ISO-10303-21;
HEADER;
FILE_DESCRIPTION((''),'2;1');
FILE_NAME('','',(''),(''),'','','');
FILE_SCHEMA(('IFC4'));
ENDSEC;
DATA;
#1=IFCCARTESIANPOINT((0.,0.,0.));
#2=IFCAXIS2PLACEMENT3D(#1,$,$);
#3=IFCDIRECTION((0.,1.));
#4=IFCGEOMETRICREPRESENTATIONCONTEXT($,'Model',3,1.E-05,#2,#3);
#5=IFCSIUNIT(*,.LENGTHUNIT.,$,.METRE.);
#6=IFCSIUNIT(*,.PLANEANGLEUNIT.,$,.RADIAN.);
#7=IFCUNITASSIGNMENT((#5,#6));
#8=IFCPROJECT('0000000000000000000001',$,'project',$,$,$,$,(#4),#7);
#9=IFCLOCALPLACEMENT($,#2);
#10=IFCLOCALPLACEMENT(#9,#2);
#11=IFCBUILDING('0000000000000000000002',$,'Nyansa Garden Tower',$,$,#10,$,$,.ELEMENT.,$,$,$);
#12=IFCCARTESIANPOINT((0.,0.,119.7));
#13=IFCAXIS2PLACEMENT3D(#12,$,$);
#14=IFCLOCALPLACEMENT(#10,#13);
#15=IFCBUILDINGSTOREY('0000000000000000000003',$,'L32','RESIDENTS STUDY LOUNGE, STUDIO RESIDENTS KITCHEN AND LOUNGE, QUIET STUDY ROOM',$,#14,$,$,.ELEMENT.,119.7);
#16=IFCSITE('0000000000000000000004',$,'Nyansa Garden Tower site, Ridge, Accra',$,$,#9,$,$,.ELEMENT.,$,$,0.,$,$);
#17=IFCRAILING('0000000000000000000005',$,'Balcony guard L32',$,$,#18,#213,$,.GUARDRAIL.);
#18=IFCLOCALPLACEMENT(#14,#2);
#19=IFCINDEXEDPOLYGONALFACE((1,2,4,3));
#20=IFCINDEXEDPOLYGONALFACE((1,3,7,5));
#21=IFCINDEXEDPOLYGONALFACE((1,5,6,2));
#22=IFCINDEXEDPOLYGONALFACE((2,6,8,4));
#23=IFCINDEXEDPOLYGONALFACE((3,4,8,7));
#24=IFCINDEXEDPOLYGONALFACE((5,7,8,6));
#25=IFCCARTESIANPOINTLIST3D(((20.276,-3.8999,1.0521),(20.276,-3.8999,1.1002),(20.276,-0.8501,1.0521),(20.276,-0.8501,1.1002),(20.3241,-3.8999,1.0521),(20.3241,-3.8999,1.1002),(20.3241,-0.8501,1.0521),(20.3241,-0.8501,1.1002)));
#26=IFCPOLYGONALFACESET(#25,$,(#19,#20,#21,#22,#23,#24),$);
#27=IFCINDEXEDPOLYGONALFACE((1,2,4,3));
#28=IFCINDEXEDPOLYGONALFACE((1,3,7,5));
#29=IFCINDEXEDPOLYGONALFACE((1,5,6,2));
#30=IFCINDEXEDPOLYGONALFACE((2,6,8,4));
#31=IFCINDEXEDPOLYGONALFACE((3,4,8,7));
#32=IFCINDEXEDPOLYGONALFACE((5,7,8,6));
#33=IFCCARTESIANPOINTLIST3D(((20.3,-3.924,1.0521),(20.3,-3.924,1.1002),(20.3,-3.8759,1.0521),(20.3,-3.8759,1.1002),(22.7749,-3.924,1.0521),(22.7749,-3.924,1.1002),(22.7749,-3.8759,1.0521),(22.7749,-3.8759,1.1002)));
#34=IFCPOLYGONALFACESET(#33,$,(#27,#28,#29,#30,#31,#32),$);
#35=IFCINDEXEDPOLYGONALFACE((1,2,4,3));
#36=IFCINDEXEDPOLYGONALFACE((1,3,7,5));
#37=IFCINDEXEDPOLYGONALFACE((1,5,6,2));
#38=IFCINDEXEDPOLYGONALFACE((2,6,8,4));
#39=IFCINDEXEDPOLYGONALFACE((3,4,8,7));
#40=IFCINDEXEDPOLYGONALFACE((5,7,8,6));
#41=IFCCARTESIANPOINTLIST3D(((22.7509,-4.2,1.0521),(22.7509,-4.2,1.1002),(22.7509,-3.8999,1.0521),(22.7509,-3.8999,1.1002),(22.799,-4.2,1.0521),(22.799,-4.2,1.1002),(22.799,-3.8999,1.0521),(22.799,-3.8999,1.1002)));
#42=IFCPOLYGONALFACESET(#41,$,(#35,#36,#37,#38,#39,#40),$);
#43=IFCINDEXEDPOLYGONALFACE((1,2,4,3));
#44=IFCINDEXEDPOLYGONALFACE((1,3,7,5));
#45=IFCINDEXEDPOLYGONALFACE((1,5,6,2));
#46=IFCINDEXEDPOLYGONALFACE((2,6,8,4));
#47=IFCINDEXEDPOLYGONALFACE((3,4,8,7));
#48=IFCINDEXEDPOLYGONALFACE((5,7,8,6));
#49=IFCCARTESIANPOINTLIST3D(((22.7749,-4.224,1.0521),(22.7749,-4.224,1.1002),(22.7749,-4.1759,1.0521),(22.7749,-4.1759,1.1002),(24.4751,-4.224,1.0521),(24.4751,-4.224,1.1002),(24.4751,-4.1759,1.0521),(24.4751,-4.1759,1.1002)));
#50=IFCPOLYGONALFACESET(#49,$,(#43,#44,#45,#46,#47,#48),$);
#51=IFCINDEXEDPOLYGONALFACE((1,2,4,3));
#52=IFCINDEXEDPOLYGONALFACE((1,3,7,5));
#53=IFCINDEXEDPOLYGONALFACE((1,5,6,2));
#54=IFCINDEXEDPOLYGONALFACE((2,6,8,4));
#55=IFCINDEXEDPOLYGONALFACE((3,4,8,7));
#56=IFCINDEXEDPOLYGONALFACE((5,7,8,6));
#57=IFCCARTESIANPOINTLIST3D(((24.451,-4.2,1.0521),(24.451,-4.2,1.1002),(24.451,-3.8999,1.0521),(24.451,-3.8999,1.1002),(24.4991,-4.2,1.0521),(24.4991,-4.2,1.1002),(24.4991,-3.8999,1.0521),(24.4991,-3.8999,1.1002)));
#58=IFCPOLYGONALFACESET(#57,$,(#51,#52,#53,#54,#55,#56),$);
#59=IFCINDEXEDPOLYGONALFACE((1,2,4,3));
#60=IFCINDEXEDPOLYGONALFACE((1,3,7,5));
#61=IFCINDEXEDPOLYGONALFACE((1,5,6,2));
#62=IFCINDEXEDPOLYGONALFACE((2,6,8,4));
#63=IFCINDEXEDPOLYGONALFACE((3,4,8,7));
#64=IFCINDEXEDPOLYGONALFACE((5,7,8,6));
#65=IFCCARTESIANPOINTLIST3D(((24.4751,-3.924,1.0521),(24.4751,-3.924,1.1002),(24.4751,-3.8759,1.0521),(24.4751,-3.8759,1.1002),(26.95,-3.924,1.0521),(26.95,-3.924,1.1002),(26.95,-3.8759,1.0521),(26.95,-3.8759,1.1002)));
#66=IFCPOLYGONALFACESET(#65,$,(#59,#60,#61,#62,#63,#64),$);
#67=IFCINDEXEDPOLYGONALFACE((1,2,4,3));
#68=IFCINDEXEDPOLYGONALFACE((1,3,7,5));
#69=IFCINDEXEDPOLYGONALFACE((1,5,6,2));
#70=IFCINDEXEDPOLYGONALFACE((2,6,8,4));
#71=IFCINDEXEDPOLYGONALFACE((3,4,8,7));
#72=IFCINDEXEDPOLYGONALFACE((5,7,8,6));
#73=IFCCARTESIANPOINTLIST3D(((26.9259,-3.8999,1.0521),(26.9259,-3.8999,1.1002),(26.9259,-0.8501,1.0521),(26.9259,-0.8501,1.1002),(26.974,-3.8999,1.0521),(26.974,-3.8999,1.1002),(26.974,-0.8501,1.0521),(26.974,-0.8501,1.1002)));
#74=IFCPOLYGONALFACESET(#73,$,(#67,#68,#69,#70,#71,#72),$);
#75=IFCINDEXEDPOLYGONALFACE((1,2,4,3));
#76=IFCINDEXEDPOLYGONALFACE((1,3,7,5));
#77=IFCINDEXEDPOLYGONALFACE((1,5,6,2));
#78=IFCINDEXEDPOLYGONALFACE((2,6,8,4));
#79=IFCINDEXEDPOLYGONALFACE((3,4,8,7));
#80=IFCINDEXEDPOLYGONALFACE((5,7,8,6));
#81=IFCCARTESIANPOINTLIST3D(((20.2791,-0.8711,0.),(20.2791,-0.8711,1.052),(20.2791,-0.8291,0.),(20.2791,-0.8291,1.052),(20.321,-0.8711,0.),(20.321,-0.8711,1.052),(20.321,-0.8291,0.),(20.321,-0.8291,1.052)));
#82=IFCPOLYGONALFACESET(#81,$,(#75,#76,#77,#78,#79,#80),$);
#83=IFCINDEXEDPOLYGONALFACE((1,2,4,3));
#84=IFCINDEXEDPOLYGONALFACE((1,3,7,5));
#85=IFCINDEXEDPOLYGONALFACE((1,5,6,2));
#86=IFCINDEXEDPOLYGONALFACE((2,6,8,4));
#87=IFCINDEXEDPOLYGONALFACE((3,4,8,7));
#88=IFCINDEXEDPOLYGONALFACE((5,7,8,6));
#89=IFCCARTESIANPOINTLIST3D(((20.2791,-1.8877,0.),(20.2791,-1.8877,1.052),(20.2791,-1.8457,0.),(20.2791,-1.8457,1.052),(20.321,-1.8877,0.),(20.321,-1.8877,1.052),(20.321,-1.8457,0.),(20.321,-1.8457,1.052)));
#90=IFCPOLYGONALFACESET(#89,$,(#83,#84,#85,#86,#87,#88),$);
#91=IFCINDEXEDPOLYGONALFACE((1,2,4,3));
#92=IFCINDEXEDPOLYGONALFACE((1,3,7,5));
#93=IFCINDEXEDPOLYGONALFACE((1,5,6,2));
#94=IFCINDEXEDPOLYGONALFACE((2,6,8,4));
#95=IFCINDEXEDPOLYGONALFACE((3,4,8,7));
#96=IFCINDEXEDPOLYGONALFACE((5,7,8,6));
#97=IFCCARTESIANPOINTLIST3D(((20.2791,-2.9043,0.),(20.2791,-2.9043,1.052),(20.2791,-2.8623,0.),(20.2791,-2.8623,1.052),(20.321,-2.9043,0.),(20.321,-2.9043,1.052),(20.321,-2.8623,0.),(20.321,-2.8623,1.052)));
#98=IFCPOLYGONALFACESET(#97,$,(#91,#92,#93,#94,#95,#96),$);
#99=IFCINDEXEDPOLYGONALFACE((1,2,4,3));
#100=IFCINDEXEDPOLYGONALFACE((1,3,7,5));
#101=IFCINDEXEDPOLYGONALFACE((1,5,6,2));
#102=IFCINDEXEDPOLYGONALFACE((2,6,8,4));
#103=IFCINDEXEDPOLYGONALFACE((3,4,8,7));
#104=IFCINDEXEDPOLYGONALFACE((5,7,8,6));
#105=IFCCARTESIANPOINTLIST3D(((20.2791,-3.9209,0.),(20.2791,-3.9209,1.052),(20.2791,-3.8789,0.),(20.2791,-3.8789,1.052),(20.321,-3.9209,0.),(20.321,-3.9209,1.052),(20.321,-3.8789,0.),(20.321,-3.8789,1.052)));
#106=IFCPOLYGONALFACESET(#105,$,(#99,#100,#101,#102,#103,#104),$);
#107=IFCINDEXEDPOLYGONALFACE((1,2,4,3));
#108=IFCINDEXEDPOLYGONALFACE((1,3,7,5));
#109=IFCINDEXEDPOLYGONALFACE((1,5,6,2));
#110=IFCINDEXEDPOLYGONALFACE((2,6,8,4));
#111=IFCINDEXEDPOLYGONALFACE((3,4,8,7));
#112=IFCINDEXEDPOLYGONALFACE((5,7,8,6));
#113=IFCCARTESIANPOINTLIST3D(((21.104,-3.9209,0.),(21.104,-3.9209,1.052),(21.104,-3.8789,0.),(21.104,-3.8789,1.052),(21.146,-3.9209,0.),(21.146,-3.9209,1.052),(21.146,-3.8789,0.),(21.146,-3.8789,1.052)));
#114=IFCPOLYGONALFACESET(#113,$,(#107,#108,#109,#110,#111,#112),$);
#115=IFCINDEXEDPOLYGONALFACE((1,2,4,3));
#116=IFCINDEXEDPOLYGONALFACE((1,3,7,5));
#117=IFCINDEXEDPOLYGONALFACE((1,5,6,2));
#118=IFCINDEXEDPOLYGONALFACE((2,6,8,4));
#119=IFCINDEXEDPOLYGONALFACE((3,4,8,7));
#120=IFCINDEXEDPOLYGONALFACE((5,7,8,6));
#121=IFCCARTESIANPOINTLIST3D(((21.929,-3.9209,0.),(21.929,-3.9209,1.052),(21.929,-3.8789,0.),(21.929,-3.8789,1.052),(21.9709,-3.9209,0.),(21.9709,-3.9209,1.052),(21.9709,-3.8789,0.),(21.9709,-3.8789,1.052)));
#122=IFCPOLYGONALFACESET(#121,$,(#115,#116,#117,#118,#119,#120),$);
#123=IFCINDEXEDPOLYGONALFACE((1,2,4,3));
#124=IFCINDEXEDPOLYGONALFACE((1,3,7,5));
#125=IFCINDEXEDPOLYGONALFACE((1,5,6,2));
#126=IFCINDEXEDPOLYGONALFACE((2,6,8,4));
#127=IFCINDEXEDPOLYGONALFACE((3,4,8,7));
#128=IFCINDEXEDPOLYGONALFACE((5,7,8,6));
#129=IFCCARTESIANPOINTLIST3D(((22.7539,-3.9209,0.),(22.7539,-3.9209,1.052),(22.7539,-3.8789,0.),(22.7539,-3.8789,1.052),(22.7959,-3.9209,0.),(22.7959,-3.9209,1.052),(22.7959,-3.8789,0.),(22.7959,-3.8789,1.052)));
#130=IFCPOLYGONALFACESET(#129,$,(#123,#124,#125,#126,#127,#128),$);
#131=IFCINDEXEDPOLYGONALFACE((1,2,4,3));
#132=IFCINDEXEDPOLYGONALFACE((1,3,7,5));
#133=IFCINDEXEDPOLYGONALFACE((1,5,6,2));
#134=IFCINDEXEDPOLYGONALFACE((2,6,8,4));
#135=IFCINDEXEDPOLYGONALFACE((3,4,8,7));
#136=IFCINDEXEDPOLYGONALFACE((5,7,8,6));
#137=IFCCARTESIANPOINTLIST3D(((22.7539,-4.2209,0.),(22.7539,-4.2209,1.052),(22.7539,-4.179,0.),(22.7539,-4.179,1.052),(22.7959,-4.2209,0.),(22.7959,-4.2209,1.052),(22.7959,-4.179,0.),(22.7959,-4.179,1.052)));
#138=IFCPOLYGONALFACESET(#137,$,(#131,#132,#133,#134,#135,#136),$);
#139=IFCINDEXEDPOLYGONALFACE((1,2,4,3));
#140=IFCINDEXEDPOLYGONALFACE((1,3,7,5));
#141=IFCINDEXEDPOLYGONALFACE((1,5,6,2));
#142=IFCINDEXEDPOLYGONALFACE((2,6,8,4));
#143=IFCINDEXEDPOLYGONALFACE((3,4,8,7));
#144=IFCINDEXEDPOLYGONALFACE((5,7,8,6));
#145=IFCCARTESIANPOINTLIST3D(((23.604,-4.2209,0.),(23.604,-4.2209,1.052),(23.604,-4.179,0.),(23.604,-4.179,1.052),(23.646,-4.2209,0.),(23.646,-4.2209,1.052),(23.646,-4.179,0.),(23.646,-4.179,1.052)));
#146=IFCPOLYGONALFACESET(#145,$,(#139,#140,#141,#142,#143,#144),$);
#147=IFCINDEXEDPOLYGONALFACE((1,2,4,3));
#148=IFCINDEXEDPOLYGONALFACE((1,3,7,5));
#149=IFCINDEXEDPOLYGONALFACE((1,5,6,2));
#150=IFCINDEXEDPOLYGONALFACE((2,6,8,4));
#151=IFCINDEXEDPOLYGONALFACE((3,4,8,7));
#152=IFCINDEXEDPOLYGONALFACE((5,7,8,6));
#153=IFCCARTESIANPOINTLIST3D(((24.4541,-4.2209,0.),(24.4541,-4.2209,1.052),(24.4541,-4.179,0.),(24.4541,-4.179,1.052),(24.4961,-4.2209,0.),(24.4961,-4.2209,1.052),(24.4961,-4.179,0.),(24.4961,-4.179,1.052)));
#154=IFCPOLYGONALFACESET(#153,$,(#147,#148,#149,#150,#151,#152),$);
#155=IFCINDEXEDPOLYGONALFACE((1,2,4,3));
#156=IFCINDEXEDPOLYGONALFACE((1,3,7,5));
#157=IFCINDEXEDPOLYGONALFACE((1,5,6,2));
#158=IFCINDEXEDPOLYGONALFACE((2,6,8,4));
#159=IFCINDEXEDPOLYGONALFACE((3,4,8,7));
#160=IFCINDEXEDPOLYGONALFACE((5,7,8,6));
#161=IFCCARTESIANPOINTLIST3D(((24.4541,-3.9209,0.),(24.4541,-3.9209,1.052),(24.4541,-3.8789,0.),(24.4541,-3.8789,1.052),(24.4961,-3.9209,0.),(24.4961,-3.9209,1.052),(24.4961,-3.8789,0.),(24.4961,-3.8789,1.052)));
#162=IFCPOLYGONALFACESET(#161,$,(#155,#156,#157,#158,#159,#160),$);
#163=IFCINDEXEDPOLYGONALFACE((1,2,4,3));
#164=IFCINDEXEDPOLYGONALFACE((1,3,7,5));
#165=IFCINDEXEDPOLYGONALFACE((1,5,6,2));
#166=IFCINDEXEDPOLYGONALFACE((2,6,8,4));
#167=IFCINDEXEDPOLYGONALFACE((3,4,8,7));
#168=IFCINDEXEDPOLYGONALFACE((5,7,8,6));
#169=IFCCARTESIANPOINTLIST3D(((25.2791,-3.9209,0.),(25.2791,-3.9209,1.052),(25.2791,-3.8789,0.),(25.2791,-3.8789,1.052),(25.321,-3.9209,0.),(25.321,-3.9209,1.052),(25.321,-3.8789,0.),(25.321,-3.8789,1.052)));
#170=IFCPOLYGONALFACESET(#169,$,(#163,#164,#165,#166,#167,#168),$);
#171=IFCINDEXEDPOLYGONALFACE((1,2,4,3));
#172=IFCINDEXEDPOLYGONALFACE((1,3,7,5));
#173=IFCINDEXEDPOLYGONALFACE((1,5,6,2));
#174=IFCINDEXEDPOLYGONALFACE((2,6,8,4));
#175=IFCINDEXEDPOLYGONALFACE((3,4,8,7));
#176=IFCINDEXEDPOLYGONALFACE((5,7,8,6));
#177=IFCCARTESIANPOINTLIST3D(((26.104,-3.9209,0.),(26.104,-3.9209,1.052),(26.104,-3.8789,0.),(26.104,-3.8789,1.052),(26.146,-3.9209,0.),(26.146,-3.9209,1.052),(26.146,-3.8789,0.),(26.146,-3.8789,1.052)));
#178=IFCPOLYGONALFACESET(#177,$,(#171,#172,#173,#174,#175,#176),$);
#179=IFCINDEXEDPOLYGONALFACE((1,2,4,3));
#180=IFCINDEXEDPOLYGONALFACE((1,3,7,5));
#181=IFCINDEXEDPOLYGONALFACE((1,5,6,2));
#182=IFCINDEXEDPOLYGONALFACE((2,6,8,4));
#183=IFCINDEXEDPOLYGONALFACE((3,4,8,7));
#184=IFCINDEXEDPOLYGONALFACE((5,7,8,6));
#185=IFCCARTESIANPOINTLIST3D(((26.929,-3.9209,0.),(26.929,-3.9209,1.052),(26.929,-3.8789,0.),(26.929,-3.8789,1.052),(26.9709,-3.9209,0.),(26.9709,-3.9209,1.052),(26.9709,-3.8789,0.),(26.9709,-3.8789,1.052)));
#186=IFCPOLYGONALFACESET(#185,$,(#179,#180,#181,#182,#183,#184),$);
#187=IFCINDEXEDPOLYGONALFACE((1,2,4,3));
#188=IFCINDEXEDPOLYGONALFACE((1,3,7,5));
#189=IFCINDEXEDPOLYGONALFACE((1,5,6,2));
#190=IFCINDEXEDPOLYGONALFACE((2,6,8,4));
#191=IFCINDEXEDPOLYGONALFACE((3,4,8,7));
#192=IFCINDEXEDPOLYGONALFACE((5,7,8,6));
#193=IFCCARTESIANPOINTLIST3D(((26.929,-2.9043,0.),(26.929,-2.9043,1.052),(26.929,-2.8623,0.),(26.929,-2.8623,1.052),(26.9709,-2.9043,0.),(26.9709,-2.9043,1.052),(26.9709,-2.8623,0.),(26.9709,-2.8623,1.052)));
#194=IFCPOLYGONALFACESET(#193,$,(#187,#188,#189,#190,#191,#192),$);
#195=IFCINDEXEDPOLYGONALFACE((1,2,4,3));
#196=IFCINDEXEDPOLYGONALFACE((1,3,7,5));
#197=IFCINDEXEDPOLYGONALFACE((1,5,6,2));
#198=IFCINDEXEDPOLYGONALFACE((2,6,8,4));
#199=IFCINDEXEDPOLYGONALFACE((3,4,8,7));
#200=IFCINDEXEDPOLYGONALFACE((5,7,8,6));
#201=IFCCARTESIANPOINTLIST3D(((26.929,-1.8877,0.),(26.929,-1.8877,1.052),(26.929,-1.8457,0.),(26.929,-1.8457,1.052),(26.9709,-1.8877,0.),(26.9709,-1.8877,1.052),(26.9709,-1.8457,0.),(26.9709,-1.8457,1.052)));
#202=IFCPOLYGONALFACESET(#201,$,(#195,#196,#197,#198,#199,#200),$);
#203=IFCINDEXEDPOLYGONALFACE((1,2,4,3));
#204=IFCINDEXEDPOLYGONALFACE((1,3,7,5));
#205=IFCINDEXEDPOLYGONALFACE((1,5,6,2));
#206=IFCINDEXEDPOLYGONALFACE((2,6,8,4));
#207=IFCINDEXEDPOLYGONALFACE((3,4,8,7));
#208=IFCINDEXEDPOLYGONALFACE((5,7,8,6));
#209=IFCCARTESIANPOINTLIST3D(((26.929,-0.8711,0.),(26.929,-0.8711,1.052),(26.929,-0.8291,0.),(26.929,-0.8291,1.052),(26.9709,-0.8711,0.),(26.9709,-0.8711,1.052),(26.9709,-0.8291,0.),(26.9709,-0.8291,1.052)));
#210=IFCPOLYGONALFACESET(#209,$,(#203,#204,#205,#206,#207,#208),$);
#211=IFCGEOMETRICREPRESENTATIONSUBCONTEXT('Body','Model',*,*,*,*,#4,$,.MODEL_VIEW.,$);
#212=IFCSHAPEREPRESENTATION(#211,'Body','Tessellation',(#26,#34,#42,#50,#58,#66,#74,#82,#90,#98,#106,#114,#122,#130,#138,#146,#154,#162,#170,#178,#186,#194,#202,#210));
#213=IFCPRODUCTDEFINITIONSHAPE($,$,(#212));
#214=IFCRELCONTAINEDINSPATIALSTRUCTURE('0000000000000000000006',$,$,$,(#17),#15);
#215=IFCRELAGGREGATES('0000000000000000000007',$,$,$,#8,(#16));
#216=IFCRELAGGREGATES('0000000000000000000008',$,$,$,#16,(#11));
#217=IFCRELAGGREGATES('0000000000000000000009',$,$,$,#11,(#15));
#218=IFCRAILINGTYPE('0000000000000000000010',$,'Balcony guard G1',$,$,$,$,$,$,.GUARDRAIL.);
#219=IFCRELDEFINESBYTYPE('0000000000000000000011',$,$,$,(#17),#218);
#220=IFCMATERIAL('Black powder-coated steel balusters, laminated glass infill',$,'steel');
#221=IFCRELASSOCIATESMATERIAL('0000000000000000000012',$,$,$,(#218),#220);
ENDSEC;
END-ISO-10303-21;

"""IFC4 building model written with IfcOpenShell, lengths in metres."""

from ifc_helpers import new_model, si_unit, direction, frame, origin, origin_2d, place, context, subcontext, project, spatial, rectangle, extrude, material, type_object, element, save


model = new_model("IFC4")

# Units and contexts
model_context = context("Model", 3, precision=1e-05, world=origin(), true_north=direction((0.0, 1.0)))
body_context = subcontext(model_context, "Body", "Model", "MODEL_VIEW")
ifc_project = project(units=[si_unit("LENGTHUNIT", "METRE"), si_unit("PLANEANGLEUNIT", "RADIAN")], contexts=[model_context])

# Site, building, storey
site_placement = place(None, origin())
site = spatial("IfcSite", under=ifc_project, at=site_placement, Name="Nyansa Garden Tower site, Ridge, Accra", CompositionType="ELEMENT", RefElevation=0.0)
building_placement = place(site_placement, origin())
building = spatial("IfcBuilding", under=site, at=building_placement, Name="Nyansa Garden Tower", CompositionType="ELEMENT")
storey_placement = place(building_placement, frame((0.0, 0.0, 119.7)))
storey = spatial("IfcBuildingStorey", under=building, at=storey_placement, Name="L32", Description="RESIDENTS STUDY LOUNGE, STUDIO RESIDENTS KITCHEN AND LOUNGE, QUIET STUDY ROOM", CompositionType="ELEMENT", Elevation=119.7)

# Railing
ifc_material_1 = material(Name="Black powder-coated steel balusters, laminated glass infill", Category="steel")
railing_type = type_object("IfcRailingType", Name="Balcony guard G1", PredefinedType="GUARDRAIL", material=ifc_material_1)
railing_placement = place(storey_placement, frame((20.3, -0.8501, 0.0)))
element("IfcRailing", 1, at=railing_placement, inside=storey, type_object=railing_type, Name="Balcony guard L32", PredefinedType="GUARDRAIL", context=body_context, shape_type="SweptSolid", body=[
    extrude(rectangle(XDim=0.0481, YDim=0.0481, at=origin_2d()), frame((0.0, 0.0, 1.0762), z_axis=(0.0, -1.0, 0.0), x_axis=(1.0, 0.0, 0.0)), (0.0, 0.0, 1.0), 3.0498),
    extrude(rectangle(XDim=0.0481, YDim=0.0481, at=origin_2d()), frame((0.0, -3.0498, 1.0762), z_axis=(1.0, 0.0, 0.0), x_axis=(0.0, 1.0, 0.0)), (0.0, 0.0, 1.0), 2.4749),
    extrude(rectangle(XDim=0.0481, YDim=0.0481, at=origin_2d()), frame((2.4749, -3.0498, 1.0762), z_axis=(0.0, -1.0, 0.0), x_axis=(1.0, 0.0, 0.0)), (0.0, 0.0, 1.0), 0.3),
    extrude(rectangle(XDim=0.0481, YDim=0.0481, at=origin_2d()), frame((2.4749, -3.3499, 1.0762), z_axis=(1.0, 0.0, 0.0), x_axis=(0.0, 1.0, 0.0)), (0.0, 0.0, 1.0), 1.7002),
    extrude(rectangle(XDim=0.0481, YDim=0.0481, at=origin_2d()), frame((4.175, -3.3499, 1.0762), z_axis=(0.0, 1.0, 0.0), x_axis=(-1.0, 0.0, 0.0)), (0.0, 0.0, 1.0), 0.3),
    extrude(rectangle(XDim=0.0481, YDim=0.0481, at=origin_2d()), frame((4.175, -3.0498, 1.0762), z_axis=(1.0, 0.0, 0.0), x_axis=(0.0, 1.0, 0.0)), (0.0, 0.0, 1.0), 2.4749),
    extrude(rectangle(XDim=0.0481, YDim=0.0481, at=origin_2d()), frame((6.6499, -3.0498, 1.0762), z_axis=(0.0, 1.0, 0.0), x_axis=(-1.0, 0.0, 0.0)), (0.0, 0.0, 1.0), 3.0498),
    extrude(rectangle(XDim=0.042, YDim=0.042, at=origin_2d()), origin(), (0.0, 0.0, 1.0), 1.052),
    extrude(rectangle(XDim=0.042, YDim=0.042, at=origin_2d()), frame((0.0, -1.0166, 0.0)), (0.0, 0.0, 1.0), 1.052),
    extrude(rectangle(XDim=0.042, YDim=0.042, at=origin_2d()), frame((0.0, -2.0332, 0.0)), (0.0, 0.0, 1.0), 1.052),
    extrude(rectangle(XDim=0.042, YDim=0.042, at=origin_2d()), frame((0.0, -3.0498, 0.0)), (0.0, 0.0, 1.0), 1.052),
    extrude(rectangle(XDim=0.042, YDim=0.042, at=origin_2d()), frame((0.825, -3.0498, 0.0)), (0.0, 0.0, 1.0), 1.052),
    extrude(rectangle(XDim=0.042, YDim=0.042, at=origin_2d()), frame((1.6499, -3.0498, 0.0)), (0.0, 0.0, 1.0), 1.052),
    extrude(rectangle(XDim=0.042, YDim=0.042, at=origin_2d()), frame((2.4749, -3.0498, 0.0)), (0.0, 0.0, 1.0), 1.052),
    extrude(rectangle(XDim=0.042, YDim=0.042, at=origin_2d()), frame((2.4749, -3.3499, 0.0)), (0.0, 0.0, 1.0), 1.052),
    extrude(rectangle(XDim=0.042, YDim=0.042, at=origin_2d()), frame((3.325, -3.3499, 0.0)), (0.0, 0.0, 1.0), 1.052),
    extrude(rectangle(XDim=0.042, YDim=0.042, at=origin_2d()), frame((4.175, -3.3499, 0.0)), (0.0, 0.0, 1.0), 1.052),
    extrude(rectangle(XDim=0.042, YDim=0.042, at=origin_2d()), frame((4.175, -3.0498, 0.0)), (0.0, 0.0, 1.0), 1.052),
    extrude(rectangle(XDim=0.042, YDim=0.042, at=origin_2d()), frame((5.0, -3.0498, 0.0)), (0.0, 0.0, 1.0), 1.052),
    extrude(rectangle(XDim=0.042, YDim=0.042, at=origin_2d()), frame((5.825, -3.0498, 0.0)), (0.0, 0.0, 1.0), 1.052),
    extrude(rectangle(XDim=0.042, YDim=0.042, at=origin_2d()), frame((6.6499, -3.0498, 0.0)), (0.0, 0.0, 1.0), 1.052),
    extrude(rectangle(XDim=0.042, YDim=0.042, at=origin_2d()), frame((6.6499, -2.0332, 0.0)), (0.0, 0.0, 1.0), 1.052),
    extrude(rectangle(XDim=0.042, YDim=0.042, at=origin_2d()), frame((6.6499, -1.0166, 0.0)), (0.0, 0.0, 1.0), 1.052),
    extrude(rectangle(XDim=0.042, YDim=0.042, at=origin_2d()), frame((6.6499, 0.0, 0.0)), (0.0, 0.0, 1.0), 1.052),
])

save(model, "model.ifc")
